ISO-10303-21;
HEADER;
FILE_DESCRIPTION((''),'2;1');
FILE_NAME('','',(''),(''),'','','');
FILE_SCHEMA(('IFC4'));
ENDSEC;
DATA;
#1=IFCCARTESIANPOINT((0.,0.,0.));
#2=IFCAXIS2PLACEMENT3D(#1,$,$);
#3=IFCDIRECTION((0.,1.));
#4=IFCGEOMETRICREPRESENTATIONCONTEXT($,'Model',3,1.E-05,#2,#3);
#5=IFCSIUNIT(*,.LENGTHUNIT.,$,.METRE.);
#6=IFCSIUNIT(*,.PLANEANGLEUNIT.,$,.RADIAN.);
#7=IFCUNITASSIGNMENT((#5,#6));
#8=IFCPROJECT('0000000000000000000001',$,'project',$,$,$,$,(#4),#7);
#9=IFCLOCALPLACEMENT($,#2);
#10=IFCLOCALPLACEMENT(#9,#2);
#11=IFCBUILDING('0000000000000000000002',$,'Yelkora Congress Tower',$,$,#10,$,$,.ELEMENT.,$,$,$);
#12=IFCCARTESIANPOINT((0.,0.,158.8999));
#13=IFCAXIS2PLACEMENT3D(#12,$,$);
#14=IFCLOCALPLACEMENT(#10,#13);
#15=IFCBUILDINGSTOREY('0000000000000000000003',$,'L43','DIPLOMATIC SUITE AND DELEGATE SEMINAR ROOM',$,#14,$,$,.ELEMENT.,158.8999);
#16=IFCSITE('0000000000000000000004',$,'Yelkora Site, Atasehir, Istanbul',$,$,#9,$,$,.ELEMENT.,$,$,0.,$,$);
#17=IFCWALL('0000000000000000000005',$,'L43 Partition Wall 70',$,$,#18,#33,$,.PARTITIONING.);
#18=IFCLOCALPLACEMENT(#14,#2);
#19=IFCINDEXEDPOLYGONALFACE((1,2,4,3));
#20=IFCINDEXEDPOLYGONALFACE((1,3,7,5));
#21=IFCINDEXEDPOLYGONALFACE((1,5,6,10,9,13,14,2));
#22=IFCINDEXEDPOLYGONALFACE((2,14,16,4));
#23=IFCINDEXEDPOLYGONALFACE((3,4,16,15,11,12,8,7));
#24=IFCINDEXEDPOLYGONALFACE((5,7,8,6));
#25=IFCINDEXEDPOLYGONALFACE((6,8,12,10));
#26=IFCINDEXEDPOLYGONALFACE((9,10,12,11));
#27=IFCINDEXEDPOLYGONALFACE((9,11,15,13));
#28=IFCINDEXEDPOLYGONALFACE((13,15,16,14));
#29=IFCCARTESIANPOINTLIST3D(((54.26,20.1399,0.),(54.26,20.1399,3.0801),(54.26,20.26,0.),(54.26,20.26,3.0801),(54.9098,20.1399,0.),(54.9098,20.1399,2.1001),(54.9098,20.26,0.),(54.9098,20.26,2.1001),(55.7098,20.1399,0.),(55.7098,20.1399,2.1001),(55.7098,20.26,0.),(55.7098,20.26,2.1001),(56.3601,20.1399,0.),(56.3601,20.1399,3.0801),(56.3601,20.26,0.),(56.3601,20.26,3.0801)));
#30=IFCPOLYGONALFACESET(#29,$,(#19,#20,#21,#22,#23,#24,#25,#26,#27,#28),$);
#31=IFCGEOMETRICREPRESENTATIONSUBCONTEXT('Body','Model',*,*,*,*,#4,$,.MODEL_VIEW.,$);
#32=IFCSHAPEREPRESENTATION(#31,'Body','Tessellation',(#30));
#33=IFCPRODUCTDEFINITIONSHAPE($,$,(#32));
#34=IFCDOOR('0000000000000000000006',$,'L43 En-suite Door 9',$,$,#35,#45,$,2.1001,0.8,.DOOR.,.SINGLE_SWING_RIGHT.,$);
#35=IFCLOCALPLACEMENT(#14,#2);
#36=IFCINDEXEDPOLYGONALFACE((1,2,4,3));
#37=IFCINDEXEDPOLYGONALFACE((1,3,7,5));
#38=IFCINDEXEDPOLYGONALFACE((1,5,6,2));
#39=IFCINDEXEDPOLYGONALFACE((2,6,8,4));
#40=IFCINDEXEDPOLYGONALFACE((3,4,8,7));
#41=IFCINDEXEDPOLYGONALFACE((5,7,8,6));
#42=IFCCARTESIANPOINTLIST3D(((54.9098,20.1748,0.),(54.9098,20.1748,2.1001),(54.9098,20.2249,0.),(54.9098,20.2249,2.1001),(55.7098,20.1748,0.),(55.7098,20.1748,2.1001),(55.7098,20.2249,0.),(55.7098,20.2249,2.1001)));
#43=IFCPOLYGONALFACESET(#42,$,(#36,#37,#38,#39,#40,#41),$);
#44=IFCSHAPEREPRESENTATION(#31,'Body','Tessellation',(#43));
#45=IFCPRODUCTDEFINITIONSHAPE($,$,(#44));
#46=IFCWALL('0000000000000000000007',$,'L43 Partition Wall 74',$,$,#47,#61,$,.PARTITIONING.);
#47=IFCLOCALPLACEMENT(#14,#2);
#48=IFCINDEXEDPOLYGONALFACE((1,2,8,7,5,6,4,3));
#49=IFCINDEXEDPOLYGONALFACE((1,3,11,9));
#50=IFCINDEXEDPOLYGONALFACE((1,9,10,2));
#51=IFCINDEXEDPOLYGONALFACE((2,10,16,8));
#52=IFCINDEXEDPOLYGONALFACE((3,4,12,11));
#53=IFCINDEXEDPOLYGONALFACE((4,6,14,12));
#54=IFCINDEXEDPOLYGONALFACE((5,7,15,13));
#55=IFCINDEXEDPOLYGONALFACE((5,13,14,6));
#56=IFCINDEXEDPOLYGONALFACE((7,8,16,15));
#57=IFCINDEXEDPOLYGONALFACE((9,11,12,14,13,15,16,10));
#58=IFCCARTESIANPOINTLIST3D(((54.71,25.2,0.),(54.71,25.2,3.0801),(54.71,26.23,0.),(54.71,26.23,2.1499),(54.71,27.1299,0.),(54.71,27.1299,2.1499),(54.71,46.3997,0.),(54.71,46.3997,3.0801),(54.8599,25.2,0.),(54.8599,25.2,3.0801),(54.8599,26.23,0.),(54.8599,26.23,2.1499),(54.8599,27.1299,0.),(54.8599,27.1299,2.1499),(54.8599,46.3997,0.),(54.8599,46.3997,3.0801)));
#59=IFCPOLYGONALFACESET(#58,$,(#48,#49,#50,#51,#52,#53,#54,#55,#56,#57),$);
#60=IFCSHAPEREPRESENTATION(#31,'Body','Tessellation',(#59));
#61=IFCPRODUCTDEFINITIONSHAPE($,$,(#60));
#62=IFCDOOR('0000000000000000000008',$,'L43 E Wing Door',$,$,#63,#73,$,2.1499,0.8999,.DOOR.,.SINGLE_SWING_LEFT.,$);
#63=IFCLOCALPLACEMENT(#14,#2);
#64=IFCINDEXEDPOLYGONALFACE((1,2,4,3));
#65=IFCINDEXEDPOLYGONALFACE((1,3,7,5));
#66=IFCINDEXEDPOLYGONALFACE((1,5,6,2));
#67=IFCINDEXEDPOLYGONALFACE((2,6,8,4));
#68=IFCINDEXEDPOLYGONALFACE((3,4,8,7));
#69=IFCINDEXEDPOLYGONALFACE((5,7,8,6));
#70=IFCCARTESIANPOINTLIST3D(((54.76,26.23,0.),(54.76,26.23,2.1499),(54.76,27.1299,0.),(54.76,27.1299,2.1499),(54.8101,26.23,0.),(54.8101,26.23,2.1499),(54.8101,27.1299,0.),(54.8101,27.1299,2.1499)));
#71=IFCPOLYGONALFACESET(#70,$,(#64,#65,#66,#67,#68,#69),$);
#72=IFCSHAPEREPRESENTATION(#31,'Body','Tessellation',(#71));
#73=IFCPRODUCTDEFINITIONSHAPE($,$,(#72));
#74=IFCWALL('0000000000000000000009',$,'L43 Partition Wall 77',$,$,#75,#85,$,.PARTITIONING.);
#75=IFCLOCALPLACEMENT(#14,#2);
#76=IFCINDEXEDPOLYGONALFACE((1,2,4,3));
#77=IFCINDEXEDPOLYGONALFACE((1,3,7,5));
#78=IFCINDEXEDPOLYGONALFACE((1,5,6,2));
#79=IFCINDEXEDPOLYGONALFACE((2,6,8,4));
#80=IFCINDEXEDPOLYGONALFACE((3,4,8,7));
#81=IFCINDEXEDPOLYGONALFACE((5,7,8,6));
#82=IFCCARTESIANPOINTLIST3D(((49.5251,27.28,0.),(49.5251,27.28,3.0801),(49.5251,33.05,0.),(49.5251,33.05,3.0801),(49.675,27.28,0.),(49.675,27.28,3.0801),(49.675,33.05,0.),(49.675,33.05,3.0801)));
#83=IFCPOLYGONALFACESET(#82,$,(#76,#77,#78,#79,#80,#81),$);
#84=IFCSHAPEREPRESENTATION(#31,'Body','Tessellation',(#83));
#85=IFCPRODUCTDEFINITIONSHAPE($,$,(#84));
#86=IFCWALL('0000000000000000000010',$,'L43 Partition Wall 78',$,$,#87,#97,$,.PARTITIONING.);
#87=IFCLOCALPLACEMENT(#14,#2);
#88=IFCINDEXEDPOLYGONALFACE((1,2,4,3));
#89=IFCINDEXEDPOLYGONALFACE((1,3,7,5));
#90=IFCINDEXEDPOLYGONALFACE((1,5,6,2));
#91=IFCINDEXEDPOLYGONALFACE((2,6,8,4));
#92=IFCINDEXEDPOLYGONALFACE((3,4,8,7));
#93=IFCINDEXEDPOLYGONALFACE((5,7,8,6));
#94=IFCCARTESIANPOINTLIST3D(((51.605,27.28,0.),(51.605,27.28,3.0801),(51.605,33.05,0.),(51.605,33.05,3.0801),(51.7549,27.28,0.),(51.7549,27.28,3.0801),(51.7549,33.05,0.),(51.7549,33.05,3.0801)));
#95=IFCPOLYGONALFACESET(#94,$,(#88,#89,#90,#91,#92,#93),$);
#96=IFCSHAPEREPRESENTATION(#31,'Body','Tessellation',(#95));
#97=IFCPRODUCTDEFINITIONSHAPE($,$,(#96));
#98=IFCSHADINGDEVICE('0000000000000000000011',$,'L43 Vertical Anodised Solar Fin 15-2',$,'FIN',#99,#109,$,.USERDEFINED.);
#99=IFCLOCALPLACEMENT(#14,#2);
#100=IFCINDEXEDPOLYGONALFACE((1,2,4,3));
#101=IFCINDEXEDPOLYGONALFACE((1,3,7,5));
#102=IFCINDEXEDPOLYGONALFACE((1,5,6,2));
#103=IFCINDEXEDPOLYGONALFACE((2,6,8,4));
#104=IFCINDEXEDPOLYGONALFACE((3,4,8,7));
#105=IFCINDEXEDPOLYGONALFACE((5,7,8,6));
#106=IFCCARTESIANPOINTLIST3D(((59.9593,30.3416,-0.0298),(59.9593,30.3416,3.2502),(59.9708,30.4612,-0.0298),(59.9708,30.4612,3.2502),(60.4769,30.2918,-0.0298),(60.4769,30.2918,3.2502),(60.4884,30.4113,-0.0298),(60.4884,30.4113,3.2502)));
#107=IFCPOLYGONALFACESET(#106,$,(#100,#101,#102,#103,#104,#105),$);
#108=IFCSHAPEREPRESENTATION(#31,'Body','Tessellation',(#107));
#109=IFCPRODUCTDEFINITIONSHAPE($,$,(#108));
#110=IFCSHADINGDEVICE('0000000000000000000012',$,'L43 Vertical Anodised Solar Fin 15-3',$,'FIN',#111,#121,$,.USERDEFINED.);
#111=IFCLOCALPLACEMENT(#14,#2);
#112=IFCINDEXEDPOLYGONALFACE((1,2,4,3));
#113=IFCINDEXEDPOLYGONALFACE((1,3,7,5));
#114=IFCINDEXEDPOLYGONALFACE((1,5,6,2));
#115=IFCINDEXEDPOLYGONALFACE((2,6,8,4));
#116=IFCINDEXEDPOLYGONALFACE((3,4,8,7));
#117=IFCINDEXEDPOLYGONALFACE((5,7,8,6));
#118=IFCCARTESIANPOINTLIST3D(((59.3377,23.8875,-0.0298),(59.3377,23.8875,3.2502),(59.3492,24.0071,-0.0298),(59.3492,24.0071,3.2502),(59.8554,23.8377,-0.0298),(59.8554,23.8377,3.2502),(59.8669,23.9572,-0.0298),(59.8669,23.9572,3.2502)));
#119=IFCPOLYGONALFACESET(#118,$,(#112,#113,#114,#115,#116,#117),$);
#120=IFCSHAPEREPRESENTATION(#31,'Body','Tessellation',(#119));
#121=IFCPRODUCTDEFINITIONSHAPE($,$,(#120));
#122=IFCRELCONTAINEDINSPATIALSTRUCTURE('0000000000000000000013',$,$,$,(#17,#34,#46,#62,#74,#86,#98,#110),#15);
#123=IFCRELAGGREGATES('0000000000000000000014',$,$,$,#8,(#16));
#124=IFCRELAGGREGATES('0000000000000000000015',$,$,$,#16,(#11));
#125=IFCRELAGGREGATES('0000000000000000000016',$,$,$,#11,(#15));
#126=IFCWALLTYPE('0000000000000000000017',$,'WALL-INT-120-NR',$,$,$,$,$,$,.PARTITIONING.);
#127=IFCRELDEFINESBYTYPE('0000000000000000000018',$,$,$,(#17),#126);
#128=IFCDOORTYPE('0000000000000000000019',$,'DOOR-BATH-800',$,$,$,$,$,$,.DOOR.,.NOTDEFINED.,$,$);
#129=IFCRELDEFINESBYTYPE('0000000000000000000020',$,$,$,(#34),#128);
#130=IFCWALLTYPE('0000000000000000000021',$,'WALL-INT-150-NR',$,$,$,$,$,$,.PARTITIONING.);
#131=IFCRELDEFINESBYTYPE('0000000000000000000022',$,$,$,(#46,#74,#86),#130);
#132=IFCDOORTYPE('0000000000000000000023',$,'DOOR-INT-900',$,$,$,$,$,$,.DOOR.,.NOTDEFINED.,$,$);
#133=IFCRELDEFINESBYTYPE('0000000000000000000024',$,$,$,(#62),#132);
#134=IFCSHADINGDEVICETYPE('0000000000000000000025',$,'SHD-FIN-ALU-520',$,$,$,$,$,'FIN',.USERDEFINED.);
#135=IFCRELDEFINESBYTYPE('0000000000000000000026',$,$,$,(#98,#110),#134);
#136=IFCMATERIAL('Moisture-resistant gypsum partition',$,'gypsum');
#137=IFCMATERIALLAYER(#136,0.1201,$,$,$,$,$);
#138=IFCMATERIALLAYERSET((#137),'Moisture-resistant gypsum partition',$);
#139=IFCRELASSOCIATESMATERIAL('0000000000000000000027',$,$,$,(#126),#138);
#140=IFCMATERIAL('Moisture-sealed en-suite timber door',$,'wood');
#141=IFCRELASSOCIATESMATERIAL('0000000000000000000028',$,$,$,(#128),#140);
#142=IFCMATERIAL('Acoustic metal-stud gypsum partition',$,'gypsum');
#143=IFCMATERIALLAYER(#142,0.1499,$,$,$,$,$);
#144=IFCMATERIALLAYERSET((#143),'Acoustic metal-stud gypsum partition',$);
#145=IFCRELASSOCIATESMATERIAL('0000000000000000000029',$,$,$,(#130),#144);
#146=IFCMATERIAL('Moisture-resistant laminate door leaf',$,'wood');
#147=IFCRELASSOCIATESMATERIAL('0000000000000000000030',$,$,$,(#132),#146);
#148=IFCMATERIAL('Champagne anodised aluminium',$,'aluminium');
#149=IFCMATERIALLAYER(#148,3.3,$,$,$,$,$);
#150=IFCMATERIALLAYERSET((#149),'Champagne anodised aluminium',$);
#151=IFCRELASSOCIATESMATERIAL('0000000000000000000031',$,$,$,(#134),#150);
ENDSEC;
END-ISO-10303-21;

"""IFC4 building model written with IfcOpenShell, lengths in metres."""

from ifc_helpers import new_model, si_unit, direction, frame, frame_2d, origin, origin_2d, place, context, subcontext, project, spatial, rectangle, extrude, material, layer, layer_set, type_object, element, fill, save


model = new_model("IFC4")

# Units and contexts
model_context = context("Model", 3, precision=1e-05, world=origin(), true_north=direction((0.0, 1.0)))
body_context = subcontext(model_context, "Body", "Model", "MODEL_VIEW")
ifc_project = project(units=[si_unit("LENGTHUNIT", "METRE"), si_unit("PLANEANGLEUNIT", "RADIAN")], contexts=[model_context])

# Site, building, storey
site_placement = place(None, origin())
site = spatial("IfcSite", under=ifc_project, at=site_placement, Name="Yelkora Site, Atasehir, Istanbul", CompositionType="ELEMENT", RefElevation=0.0)
building_placement = place(site_placement, origin())
building = spatial("IfcBuilding", under=site, at=building_placement, Name="Yelkora Congress Tower", CompositionType="ELEMENT")
storey_placement = place(building_placement, frame((0.0, 0.0, 158.8999)))
storey = spatial("IfcBuildingStorey", under=building, at=storey_placement, Name="L43", Description="DIPLOMATIC SUITE AND DELEGATE SEMINAR ROOM", CompositionType="ELEMENT", Elevation=158.8999)

# Shared definitions
ifc_material_1 = material(Name="Moisture-resistant gypsum partition", Category="gypsum")
ifc_layer_1 = layer(ifc_material_1, 0.1201)
ifc_layer_set_1 = layer_set([ifc_layer_1], Name="Moisture-resistant gypsum partition")
wall_type_1 = type_object("IfcWallType", Name="WALL-INT-120-NR", PredefinedType="PARTITIONING", material=ifc_layer_set_1)

# Walls, openings, doors
wall_1_placement = place(storey_placement, frame((54.26, 20.2, 0.0), z_axis=(0.0, 0.0, 1.0), x_axis=(1.0, 0.0, 0.0)))
wall_1 = element("IfcWall", 1, at=wall_1_placement, inside=storey, type_object=wall_type_1, Name="L43 Partition Wall 70", PredefinedType="PARTITIONING", context=body_context, shape_type="SweptSolid", body=[
    extrude(rectangle(XDim=2.1001, YDim=0.1201, at=frame_2d((1.05, 0.0))), origin(), (0.0, 0.0, 1.0), 3.0801),
])
opening_1_placement = place(wall_1_placement, frame((0.6499, 0.0, 0.0)))
opening_1 = element("IfcOpeningElement", 2, at=opening_1_placement, cuts=wall_1, PredefinedType="OPENING", context=body_context, shape_type="SweptSolid", body=[
    extrude(rectangle(XDim=0.8, YDim=2.1001, at=frame_2d((0.3999, 1.05))), frame((0.0, 0.0701, 0.0), z_axis=(0.0, -1.0, 0.0), x_axis=(1.0, 0.0, 0.0)), (0.0, 0.0, 1.0), 0.1401),
])
ifc_material_2 = material(Name="Moisture-sealed en-suite timber door", Category="wood")
door_type_1 = type_object("IfcDoorType", Name="DOOR-BATH-800", OperationType="NOTDEFINED", PredefinedType="DOOR", material=ifc_material_2)
door_1_placement = place(opening_1_placement, origin())
door_1 = element("IfcDoor", 3, at=door_1_placement, inside=storey, type_object=door_type_1, Name="L43 En-suite Door 9", OperationType="SINGLE_SWING_RIGHT", OverallHeight=2.1001, OverallWidth=0.8, PredefinedType="DOOR", context=body_context, shape_type="SweptSolid", body=[
    extrude(rectangle(XDim=0.8, YDim=2.1001, at=frame_2d((0.3999, 1.05))), frame((0.0, 0.0249, 0.0), z_axis=(0.0, -1.0, 0.0), x_axis=(1.0, 0.0, 0.0)), (0.0, 0.0, 1.0), 0.05),
])
fill(opening_1, door_1)
ifc_material_3 = material(Name="Acoustic metal-stud gypsum partition", Category="gypsum")
ifc_layer_2 = layer(ifc_material_3, 0.1499)
ifc_layer_set_2 = layer_set([ifc_layer_2], Name="Acoustic metal-stud gypsum partition")
wall_type_2 = type_object("IfcWallType", Name="WALL-INT-150-NR", PredefinedType="PARTITIONING", material=ifc_layer_set_2)
wall_2_placement = place(storey_placement, frame((54.7849, 25.2, 0.0), z_axis=(0.0, 0.0, 1.0), x_axis=(0.0, 1.0, 0.0)))
wall_2 = element("IfcWall", 4, at=wall_2_placement, inside=storey, type_object=wall_type_2, Name="L43 Partition Wall 74", PredefinedType="PARTITIONING", context=body_context, shape_type="SweptSolid", body=[
    extrude(rectangle(XDim=21.1997, YDim=0.1499, at=frame_2d((10.5999, 0.0))), origin(), (0.0, 0.0, 1.0), 3.0801),
])
opening_2_placement = place(wall_2_placement, frame((1.03, 0.0, 0.0)))
opening_2 = element("IfcOpeningElement", 5, at=opening_2_placement, cuts=wall_2, PredefinedType="OPENING", context=body_context, shape_type="SweptSolid", body=[
    extrude(rectangle(XDim=0.8999, YDim=2.1499, at=frame_2d((0.45, 1.075))), frame((0.0, 0.085, 0.0), z_axis=(0.0, -1.0, 0.0), x_axis=(1.0, 0.0, 0.0)), (0.0, 0.0, 1.0), 0.1699),
])
ifc_material_4 = material(Name="Moisture-resistant laminate door leaf", Category="wood")
door_type_2 = type_object("IfcDoorType", Name="DOOR-INT-900", OperationType="NOTDEFINED", PredefinedType="DOOR", material=ifc_material_4)
door_2_placement = place(opening_2_placement, origin())
door_2 = element("IfcDoor", 6, at=door_2_placement, inside=storey, type_object=door_type_2, Name="L43 E Wing Door", OperationType="SINGLE_SWING_LEFT", OverallHeight=2.1499, OverallWidth=0.8999, PredefinedType="DOOR", context=body_context, shape_type="SweptSolid", body=[
    extrude(rectangle(XDim=0.8999, YDim=2.1499, at=frame_2d((0.45, 1.075))), frame((0.0, 0.0249, 0.0), z_axis=(0.0, -1.0, 0.0), x_axis=(1.0, 0.0, 0.0)), (0.0, 0.0, 1.0), 0.05),
])
fill(opening_2, door_2)

# Walls
for number, where, z_axis, x_axis, name in (
    (7, (49.6001, 27.28, 0.0), (0.0, 0.0, 1.0), (0.0, 1.0, 0.0), "L43 Partition Wall 77"),
    (8, (51.6799, 27.28, 0.0), (0.0, 0.0, 1.0), (0.0, 1.0, 0.0), "L43 Partition Wall 78"),
):
    element("IfcWall", number, at=place(storey_placement, frame(where, z_axis=z_axis, x_axis=x_axis)), inside=storey, type_object=wall_type_2, Name=name, PredefinedType="PARTITIONING", context=body_context, shape_type="SweptSolid", body=[
        extrude(rectangle(XDim=5.77, YDim=0.1499, at=frame_2d((2.885, 0.0))), origin(), (0.0, 0.0, 1.0), 3.0801),
    ])

# Shading devices
ifc_material_5 = material(Name="Champagne anodised aluminium", Category="aluminium")
ifc_layer_3 = layer(ifc_material_5, 3.3)
ifc_layer_set_3 = layer_set([ifc_layer_3], Name="Champagne anodised aluminium")
shading_device_type = type_object("IfcShadingDeviceType", Name="SHD-FIN-ALU-520", ElementType="FIN", PredefinedType="USERDEFINED", material=ifc_layer_set_3)
for number, where, z_axis, x_axis, name in (
    (9, (60.2239, 30.3765, -0.0298), (0.0, 0.0, 1.0), (-0.095846, -0.995396, 0.0), "L43 Vertical Anodised Solar Fin 15-2"),
    (10, (59.6023, 23.9224, -0.0298), (0.0, 0.0, 1.0), (-0.095846, -0.995396, 0.0), "L43 Vertical Anodised Solar Fin 15-3"),
):
    element("IfcShadingDevice", number, at=place(storey_placement, frame(where, z_axis=z_axis, x_axis=x_axis)), inside=storey, type_object=shading_device_type, Name=name, ObjectType="FIN", PredefinedType="USERDEFINED", context=body_context, shape_type="SweptSolid", body=[
        extrude(rectangle(XDim=0.1201, YDim=0.52, at=origin_2d()), origin(), (0.0, 0.0, 1.0), 3.28),
    ])

save(model, "model.ifc")
